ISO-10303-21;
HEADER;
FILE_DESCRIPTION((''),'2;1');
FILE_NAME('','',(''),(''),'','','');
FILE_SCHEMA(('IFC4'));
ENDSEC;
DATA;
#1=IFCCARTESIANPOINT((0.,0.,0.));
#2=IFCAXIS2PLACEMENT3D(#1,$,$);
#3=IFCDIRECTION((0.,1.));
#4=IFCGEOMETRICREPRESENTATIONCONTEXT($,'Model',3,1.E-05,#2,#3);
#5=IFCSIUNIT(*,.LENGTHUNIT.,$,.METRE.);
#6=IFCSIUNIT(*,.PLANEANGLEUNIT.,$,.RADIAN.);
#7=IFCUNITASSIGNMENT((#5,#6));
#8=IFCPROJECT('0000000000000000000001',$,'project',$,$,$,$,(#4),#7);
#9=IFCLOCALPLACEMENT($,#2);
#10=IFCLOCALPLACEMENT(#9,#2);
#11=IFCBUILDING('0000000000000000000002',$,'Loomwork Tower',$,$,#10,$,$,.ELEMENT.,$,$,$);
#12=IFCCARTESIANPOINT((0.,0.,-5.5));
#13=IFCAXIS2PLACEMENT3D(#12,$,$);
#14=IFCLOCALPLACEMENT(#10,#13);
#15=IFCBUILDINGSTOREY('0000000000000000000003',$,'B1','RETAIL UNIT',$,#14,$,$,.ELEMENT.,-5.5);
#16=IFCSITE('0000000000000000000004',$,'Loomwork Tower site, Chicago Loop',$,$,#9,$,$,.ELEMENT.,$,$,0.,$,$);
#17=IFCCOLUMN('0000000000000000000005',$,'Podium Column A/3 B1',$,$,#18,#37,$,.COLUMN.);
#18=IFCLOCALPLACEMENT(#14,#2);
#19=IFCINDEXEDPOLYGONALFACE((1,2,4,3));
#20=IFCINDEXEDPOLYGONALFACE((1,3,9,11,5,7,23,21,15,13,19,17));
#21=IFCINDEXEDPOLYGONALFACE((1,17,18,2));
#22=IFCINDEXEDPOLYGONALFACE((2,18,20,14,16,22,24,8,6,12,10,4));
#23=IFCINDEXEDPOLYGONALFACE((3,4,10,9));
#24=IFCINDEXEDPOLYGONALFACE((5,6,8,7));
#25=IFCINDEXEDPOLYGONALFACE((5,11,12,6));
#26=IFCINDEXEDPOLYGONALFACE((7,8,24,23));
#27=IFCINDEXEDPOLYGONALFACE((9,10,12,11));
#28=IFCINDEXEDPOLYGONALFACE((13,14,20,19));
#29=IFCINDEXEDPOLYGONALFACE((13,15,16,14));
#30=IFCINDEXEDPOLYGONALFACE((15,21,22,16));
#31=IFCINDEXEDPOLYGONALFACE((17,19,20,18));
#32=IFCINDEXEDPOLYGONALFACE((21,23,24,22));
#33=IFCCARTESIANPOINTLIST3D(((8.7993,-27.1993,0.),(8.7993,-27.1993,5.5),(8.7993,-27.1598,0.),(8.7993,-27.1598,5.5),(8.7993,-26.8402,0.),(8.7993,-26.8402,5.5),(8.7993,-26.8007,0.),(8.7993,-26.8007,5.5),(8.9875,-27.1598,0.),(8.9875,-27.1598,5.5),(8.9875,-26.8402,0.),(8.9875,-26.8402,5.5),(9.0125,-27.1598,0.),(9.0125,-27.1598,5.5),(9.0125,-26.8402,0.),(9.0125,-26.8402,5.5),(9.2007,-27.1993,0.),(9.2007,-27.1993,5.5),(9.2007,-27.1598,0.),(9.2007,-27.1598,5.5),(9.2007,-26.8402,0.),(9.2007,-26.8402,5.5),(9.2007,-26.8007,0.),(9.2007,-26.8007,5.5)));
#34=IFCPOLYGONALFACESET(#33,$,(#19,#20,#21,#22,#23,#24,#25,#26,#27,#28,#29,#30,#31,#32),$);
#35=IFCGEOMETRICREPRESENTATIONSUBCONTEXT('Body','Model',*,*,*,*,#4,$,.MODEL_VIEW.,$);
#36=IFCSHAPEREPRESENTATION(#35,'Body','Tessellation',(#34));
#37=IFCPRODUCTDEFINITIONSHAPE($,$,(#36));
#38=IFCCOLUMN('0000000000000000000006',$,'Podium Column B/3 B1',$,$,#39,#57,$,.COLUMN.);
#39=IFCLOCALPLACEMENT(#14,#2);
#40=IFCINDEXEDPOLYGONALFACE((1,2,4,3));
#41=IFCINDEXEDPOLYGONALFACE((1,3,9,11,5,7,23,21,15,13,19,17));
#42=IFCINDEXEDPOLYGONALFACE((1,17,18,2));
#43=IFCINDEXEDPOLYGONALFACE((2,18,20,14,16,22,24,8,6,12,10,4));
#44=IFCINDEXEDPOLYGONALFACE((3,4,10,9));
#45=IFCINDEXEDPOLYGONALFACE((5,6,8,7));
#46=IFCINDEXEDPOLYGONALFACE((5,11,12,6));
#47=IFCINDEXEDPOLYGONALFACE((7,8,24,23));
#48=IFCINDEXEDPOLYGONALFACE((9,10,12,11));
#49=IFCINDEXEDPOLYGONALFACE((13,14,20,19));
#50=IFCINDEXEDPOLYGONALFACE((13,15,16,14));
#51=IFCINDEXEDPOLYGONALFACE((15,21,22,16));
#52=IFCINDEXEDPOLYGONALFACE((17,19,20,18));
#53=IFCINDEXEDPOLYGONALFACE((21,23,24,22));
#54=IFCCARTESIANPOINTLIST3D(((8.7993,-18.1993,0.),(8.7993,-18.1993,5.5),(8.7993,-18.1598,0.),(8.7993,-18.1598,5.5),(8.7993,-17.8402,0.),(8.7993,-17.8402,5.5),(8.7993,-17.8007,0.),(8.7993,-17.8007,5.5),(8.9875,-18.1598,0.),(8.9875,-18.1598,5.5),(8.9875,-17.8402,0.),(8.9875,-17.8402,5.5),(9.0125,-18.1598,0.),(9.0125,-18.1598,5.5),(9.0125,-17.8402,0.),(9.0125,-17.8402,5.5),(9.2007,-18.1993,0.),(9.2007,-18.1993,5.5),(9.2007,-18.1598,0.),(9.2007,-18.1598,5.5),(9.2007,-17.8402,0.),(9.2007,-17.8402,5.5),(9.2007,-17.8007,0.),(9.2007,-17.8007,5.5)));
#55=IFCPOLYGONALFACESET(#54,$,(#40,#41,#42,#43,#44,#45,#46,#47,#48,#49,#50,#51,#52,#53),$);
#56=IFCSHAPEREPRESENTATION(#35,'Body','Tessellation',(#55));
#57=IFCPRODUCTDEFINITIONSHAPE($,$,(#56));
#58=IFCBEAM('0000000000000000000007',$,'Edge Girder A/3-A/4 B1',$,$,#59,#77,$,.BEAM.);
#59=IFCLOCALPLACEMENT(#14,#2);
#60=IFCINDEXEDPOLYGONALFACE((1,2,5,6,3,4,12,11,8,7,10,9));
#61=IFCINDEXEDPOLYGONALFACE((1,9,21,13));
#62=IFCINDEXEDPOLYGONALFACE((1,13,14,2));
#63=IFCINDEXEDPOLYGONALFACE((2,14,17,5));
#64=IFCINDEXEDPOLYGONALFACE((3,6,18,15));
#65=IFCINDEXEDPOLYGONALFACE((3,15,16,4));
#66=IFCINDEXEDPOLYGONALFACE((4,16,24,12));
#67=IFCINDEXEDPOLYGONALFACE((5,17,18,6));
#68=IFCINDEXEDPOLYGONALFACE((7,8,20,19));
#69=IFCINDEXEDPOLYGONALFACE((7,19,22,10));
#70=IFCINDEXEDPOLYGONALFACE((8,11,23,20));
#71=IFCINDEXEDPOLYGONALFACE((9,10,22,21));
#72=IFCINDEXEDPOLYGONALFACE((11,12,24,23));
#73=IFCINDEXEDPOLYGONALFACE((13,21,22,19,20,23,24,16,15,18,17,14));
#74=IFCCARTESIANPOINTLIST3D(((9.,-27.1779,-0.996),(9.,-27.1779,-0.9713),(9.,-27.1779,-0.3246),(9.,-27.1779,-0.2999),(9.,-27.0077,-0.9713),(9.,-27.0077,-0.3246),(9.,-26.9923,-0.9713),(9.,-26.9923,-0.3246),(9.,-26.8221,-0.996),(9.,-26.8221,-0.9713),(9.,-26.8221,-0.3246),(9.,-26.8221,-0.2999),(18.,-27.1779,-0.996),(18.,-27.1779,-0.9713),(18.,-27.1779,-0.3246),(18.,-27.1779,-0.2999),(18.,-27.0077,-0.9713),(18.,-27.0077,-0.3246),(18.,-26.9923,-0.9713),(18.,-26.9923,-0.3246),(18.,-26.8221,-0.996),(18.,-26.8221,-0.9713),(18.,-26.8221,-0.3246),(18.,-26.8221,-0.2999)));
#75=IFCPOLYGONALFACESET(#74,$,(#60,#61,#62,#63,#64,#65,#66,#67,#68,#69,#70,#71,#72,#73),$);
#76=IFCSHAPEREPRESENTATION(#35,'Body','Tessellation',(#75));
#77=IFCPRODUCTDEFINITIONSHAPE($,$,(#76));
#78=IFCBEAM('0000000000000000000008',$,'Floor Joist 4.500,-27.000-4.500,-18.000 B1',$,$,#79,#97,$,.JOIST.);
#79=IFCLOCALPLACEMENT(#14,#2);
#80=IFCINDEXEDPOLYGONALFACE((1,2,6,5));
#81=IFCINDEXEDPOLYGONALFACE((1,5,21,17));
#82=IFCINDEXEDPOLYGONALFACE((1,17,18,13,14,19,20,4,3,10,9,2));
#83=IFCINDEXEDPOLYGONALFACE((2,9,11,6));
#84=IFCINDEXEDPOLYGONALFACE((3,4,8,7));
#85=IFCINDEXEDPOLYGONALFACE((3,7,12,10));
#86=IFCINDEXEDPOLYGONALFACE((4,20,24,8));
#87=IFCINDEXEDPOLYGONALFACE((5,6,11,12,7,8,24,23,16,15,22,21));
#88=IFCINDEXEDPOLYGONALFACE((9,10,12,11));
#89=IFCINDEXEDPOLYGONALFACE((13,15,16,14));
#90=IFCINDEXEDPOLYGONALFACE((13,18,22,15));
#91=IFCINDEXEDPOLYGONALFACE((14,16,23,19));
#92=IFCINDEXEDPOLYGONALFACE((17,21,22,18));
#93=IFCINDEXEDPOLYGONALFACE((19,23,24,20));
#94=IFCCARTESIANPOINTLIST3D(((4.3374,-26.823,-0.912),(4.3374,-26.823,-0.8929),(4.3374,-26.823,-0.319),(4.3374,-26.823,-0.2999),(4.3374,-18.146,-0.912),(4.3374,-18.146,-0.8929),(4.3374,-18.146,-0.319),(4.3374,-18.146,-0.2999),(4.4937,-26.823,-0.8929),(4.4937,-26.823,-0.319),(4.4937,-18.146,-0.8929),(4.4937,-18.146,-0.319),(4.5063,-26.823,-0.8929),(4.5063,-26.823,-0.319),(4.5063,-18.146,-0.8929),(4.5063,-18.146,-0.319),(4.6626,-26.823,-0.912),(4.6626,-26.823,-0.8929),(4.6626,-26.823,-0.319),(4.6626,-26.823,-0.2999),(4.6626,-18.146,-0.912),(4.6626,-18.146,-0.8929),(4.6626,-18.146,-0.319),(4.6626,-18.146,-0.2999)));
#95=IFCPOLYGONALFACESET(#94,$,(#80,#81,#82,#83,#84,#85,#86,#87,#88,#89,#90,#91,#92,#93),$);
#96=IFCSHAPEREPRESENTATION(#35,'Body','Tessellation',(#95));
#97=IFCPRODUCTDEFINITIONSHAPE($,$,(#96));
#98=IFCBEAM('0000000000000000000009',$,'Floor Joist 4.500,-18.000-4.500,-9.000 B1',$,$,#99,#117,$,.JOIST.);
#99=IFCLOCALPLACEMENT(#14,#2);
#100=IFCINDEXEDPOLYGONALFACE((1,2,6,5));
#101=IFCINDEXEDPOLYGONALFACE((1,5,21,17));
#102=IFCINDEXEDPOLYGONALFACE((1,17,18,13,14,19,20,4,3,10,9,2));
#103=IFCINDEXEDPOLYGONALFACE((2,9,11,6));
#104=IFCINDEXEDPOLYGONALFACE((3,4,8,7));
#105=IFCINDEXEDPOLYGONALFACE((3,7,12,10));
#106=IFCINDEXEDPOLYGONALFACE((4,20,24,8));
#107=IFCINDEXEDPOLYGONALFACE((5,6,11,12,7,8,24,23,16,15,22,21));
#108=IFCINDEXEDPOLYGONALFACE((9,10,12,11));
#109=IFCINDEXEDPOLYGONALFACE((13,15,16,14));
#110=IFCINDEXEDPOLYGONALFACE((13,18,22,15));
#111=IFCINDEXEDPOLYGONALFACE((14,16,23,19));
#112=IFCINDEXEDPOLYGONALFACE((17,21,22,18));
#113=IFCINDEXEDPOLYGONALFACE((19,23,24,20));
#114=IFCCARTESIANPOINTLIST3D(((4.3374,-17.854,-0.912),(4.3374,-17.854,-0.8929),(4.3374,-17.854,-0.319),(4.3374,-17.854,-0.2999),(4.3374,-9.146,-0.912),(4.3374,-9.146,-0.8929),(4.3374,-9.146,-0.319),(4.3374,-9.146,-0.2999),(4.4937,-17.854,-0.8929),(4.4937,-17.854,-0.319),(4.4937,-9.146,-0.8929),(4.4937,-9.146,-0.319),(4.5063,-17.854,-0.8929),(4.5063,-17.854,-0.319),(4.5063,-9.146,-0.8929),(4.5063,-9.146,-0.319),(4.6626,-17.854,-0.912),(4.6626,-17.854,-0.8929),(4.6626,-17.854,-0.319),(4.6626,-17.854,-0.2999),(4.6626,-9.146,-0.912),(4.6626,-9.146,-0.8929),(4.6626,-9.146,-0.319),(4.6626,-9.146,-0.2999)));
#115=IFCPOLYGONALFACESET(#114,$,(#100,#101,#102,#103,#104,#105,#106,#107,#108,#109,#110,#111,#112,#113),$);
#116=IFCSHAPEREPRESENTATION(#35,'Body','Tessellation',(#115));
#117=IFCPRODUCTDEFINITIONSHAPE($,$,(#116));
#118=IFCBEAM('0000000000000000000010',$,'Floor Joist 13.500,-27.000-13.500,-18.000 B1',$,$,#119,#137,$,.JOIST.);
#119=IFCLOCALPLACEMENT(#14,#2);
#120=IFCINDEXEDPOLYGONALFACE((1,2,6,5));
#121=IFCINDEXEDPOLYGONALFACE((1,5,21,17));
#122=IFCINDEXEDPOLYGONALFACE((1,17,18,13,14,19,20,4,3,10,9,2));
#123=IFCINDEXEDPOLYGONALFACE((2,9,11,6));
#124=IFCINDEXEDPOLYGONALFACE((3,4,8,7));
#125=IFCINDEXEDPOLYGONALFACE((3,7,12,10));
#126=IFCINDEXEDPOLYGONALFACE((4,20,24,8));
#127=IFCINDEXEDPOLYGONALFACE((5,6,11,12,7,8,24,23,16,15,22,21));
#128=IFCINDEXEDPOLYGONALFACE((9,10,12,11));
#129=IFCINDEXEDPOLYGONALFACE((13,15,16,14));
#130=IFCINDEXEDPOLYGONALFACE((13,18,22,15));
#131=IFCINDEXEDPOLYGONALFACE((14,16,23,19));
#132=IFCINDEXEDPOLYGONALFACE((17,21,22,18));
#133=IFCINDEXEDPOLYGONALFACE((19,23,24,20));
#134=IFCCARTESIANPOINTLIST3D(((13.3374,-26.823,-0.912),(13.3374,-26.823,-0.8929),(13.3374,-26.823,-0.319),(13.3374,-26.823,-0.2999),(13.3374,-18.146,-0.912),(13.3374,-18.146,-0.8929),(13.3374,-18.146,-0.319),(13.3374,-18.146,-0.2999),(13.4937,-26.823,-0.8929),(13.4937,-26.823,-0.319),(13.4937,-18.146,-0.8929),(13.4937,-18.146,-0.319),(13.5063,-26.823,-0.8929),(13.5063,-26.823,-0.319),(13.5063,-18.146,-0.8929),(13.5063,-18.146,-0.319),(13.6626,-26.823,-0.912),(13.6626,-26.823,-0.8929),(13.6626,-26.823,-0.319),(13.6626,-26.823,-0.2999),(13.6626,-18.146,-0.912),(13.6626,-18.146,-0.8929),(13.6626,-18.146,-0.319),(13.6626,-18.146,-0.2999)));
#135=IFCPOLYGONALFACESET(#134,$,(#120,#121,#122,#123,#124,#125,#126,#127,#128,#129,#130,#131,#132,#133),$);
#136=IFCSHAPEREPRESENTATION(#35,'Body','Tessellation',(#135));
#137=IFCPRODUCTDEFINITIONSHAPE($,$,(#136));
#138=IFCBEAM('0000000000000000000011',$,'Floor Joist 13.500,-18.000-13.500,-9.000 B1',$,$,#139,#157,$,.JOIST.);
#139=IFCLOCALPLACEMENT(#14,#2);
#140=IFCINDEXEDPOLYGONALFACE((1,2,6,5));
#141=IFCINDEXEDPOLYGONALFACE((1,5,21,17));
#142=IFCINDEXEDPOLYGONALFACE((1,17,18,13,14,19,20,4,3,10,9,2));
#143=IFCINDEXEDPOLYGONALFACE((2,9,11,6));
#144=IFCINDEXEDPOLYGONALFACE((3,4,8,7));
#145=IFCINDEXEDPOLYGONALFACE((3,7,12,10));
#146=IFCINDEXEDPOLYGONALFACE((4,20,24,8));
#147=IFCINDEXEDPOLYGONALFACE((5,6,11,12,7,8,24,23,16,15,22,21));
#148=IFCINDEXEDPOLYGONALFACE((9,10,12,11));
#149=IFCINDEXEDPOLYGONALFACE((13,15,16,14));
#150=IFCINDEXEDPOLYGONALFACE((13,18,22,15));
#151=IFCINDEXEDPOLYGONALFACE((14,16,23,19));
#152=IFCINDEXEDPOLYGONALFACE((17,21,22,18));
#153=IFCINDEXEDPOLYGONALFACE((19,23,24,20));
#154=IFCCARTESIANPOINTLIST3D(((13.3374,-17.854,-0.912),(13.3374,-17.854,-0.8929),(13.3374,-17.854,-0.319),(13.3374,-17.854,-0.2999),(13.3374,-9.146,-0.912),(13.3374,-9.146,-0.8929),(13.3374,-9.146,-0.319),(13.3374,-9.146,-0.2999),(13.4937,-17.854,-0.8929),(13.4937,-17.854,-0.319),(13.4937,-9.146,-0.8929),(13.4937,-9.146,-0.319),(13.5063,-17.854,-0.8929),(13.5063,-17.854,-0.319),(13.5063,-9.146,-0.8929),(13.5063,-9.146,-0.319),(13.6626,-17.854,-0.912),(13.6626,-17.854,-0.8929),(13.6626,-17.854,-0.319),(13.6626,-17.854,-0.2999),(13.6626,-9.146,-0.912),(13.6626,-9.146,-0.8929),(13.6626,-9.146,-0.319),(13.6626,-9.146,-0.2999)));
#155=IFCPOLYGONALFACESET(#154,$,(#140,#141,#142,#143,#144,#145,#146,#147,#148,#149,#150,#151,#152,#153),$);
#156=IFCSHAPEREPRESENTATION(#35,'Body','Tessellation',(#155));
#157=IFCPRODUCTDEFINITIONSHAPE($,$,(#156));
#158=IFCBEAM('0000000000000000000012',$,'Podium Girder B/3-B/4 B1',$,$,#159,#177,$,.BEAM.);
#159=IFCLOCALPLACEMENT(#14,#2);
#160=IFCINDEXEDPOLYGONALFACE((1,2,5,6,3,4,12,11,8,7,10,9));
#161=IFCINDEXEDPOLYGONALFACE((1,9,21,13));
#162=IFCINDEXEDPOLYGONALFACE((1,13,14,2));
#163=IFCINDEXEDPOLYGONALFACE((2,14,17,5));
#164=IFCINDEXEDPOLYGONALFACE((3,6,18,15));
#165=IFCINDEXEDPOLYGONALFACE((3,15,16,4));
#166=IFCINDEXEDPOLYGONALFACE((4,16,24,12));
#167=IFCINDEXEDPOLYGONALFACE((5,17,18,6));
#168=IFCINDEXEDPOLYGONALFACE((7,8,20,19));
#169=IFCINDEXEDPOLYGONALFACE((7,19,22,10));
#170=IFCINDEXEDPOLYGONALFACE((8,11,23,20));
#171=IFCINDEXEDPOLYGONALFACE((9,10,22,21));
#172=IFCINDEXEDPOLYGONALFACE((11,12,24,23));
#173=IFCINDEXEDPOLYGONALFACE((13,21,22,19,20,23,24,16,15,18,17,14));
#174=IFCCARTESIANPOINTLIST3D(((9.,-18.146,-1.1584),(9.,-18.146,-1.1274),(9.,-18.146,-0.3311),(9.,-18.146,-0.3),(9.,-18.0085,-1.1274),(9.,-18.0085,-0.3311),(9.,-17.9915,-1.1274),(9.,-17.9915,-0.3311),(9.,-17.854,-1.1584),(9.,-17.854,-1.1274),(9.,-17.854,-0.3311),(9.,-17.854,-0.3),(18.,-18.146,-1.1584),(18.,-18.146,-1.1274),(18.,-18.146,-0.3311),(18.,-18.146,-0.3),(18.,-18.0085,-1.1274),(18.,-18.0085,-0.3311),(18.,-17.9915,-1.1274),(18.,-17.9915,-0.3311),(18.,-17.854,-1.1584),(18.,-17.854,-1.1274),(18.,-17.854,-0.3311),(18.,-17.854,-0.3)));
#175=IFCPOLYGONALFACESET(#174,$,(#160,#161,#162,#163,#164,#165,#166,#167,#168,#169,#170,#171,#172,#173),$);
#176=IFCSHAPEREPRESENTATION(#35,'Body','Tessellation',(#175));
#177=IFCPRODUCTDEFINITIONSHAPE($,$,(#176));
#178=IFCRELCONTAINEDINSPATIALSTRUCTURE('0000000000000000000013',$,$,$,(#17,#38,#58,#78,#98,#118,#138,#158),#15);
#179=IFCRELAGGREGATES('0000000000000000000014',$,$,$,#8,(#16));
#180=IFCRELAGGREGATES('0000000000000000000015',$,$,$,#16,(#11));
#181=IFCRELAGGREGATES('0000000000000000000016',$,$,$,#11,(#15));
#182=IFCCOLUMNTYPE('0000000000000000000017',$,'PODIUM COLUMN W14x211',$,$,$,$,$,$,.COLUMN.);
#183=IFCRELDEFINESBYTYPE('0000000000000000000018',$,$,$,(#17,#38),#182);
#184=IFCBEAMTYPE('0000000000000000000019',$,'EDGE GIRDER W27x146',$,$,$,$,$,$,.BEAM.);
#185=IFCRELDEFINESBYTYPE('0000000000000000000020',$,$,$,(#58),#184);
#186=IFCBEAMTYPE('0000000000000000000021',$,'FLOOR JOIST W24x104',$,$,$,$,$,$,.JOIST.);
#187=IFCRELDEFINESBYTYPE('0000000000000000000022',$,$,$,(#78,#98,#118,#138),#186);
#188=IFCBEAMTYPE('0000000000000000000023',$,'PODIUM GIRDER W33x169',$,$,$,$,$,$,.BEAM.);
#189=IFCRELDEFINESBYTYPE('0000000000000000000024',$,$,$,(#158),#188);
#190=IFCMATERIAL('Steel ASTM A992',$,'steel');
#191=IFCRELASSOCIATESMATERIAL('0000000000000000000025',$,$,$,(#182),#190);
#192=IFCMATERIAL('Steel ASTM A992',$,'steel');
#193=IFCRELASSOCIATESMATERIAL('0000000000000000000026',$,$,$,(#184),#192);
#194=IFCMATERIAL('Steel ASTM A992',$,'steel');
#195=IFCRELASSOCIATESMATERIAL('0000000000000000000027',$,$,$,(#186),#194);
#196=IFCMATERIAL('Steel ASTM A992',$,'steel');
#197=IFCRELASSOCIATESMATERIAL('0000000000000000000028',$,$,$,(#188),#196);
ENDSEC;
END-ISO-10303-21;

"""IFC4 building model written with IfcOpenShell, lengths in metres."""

from ifc_helpers import new_model, si_unit, direction, frame, origin, origin_2d, place, context, subcontext, project, spatial, i_section, extrude, material, material_profile, profile_set, type_object, element, save


model = new_model("IFC4")

# Units and contexts
model_context = context("Model", 3, precision=1e-05, world=origin(), true_north=direction((0.0, 1.0)))
body_context = subcontext(model_context, "Body", "Model", "MODEL_VIEW")
ifc_project = project(units=[si_unit("LENGTHUNIT", "METRE"), si_unit("PLANEANGLEUNIT", "RADIAN")], contexts=[model_context])

# Site, building, storey
site_placement = place(None, origin())
site = spatial("IfcSite", under=ifc_project, at=site_placement, Name="Loomwork Tower site, Chicago Loop", CompositionType="ELEMENT", RefElevation=0.0)
building_placement = place(site_placement, origin())
building = spatial("IfcBuilding", under=site, at=building_placement, Name="Loomwork Tower", CompositionType="ELEMENT")
storey_placement = place(building_placement, frame((0.0, 0.0, -5.5)))
storey = spatial("IfcBuildingStorey", under=building, at=storey_placement, Name="B1", Description="RETAIL UNIT", CompositionType="ELEMENT", Elevation=-5.5)

# Columns
ifc_material_1 = material(Name="Steel ASTM A992", Category="steel")
ifc_material_profile_1 = material_profile(ifc_material_1, i_section(OverallWidth=0.4014, OverallDepth=0.3987, WebThickness=0.0249, FlangeThickness=0.0396, at=origin_2d()), Name="W14x211")
ifc_profile_set_1 = profile_set([ifc_material_profile_1], Name="Steel ASTM A992")
column_type = type_object("IfcColumnType", Name="PODIUM COLUMN W14x211", PredefinedType="COLUMN", material=ifc_profile_set_1)
for number, where, z_axis, x_axis, name in (
    (1, (9.0, -27.0, 0.0), (0.0, 0.0, 1.0), (1.0, 0.0, 0.0), "Podium Column A/3 B1"),
    (2, (9.0, -18.0, 0.0), (0.0, 0.0, 1.0), (1.0, 0.0, 0.0), "Podium Column B/3 B1"),
):
    element("IfcColumn", number, at=place(storey_placement, frame(where, z_axis=z_axis, x_axis=x_axis)), inside=storey, type_object=column_type, Name=name, PredefinedType="COLUMN", context=body_context, shape_type="SweptSolid", body=[
        extrude(i_section(OverallWidth=0.4014, OverallDepth=0.3987, WebThickness=0.0249, FlangeThickness=0.0396, at=origin_2d()), origin(), (0.0, 0.0, 1.0), 5.5),
    ])

# Beams
ifc_material_2 = material(Name="Steel ASTM A992", Category="steel")
ifc_material_profile_2 = material_profile(ifc_material_2, i_section(OverallWidth=0.3557, OverallDepth=0.696, WebThickness=0.0154, FlangeThickness=0.0247, at=origin_2d()), Name="W27x146")
ifc_profile_set_2 = profile_set([ifc_material_profile_2], Name="Steel ASTM A992")
beam_type_1 = type_object("IfcBeamType", Name="EDGE GIRDER W27x146", PredefinedType="BEAM", material=ifc_profile_set_2)
beam_1_placement = place(storey_placement, frame((9.0, -27.0, -0.6479), z_axis=(1.0, 0.0, 0.0), x_axis=(0.0, 1.0, 0.0)))
element("IfcBeam", 3, at=beam_1_placement, inside=storey, type_object=beam_type_1, Name="Edge Girder A/3-A/4 B1", PredefinedType="BEAM", context=body_context, shape_type="SweptSolid", body=[
    extrude(i_section(OverallWidth=0.3557, OverallDepth=0.696, WebThickness=0.0154, FlangeThickness=0.0247, at=origin_2d()), origin(), (0.0, 0.0, 1.0), 9.0),
])
ifc_material_3 = material(Name="Steel ASTM A992", Category="steel")
ifc_material_profile_3 = material_profile(ifc_material_3, i_section(OverallWidth=0.3252, OverallDepth=0.6121, WebThickness=0.0127, FlangeThickness=0.019, at=origin_2d()), Name="W24x104")
ifc_profile_set_3 = profile_set([ifc_material_profile_3], Name="Steel ASTM A992")
beam_type_2 = type_object("IfcBeamType", Name="FLOOR JOIST W24x104", PredefinedType="JOIST", material=ifc_profile_set_3)
beam_2_placement = place(storey_placement, frame((4.5, -26.823, -0.606), z_axis=(0.0, 1.0, 0.0), x_axis=(-1.0, 0.0, 0.0)))
element("IfcBeam", 4, at=beam_2_placement, inside=storey, type_object=beam_type_2, Name="Floor Joist 4.500,-27.000-4.500,-18.000 B1", PredefinedType="JOIST", context=body_context, shape_type="SweptSolid", body=[
    extrude(i_section(OverallWidth=0.3252, OverallDepth=0.6121, WebThickness=0.0127, FlangeThickness=0.019, at=origin_2d()), origin(), (0.0, 0.0, 1.0), 8.677),
])
beam_3_placement = place(storey_placement, frame((4.5, -17.854, -0.606), z_axis=(0.0, 1.0, 0.0), x_axis=(-1.0, 0.0, 0.0)))
element("IfcBeam", 5, at=beam_3_placement, inside=storey, type_object=beam_type_2, Name="Floor Joist 4.500,-18.000-4.500,-9.000 B1", PredefinedType="JOIST", context=body_context, shape_type="SweptSolid", body=[
    extrude(i_section(OverallWidth=0.3252, OverallDepth=0.6121, WebThickness=0.0127, FlangeThickness=0.019, at=origin_2d()), origin(), (0.0, 0.0, 1.0), 8.708),
])
beam_4_placement = place(storey_placement, frame((13.5, -26.823, -0.606), z_axis=(0.0, 1.0, 0.0), x_axis=(-1.0, 0.0, 0.0)))
element("IfcBeam", 6, at=beam_4_placement, inside=storey, type_object=beam_type_2, Name="Floor Joist 13.500,-27.000-13.500,-18.000 B1", PredefinedType="JOIST", context=body_context, shape_type="SweptSolid", body=[
    extrude(i_section(OverallWidth=0.3252, OverallDepth=0.6121, WebThickness=0.0127, FlangeThickness=0.019, at=origin_2d()), origin(), (0.0, 0.0, 1.0), 8.677),
])
beam_5_placement = place(storey_placement, frame((13.5, -17.854, -0.606), z_axis=(0.0, 1.0, 0.0), x_axis=(-1.0, 0.0, 0.0)))
element("IfcBeam", 7, at=beam_5_placement, inside=storey, type_object=beam_type_2, Name="Floor Joist 13.500,-18.000-13.500,-9.000 B1", PredefinedType="JOIST", context=body_context, shape_type="SweptSolid", body=[
    extrude(i_section(OverallWidth=0.3252, OverallDepth=0.6121, WebThickness=0.0127, FlangeThickness=0.019, at=origin_2d()), origin(), (0.0, 0.0, 1.0), 8.708),
])
ifc_material_4 = material(Name="Steel ASTM A992", Category="steel")
ifc_material_profile_4 = material_profile(ifc_material_4, i_section(OverallWidth=0.292, OverallDepth=0.8584, WebThickness=0.0171, FlangeThickness=0.031, at=origin_2d()), Name="W33x169")
ifc_profile_set_4 = profile_set([ifc_material_profile_4], Name="Steel ASTM A992")
beam_type_3 = type_object("IfcBeamType", Name="PODIUM GIRDER W33x169", PredefinedType="BEAM", material=ifc_profile_set_4)
for number, where, z_axis, x_axis, name in (
    (8, (9.0, -18.0, -0.7292), (1.0, 0.0, 0.0), (0.0, 1.0, 0.0), "Podium Girder B/3-B/4 B1"),
):
    element("IfcBeam", number, at=place(storey_placement, frame(where, z_axis=z_axis, x_axis=x_axis)), inside=storey, type_object=beam_type_3, Name=name, PredefinedType="BEAM", context=body_context, shape_type="SweptSolid", body=[
        extrude(i_section(OverallWidth=0.292, OverallDepth=0.8584, WebThickness=0.0171, FlangeThickness=0.031, at=origin_2d()), origin(), (0.0, 0.0, 1.0), 9.0),
    ])

save(model, "model.ifc")
